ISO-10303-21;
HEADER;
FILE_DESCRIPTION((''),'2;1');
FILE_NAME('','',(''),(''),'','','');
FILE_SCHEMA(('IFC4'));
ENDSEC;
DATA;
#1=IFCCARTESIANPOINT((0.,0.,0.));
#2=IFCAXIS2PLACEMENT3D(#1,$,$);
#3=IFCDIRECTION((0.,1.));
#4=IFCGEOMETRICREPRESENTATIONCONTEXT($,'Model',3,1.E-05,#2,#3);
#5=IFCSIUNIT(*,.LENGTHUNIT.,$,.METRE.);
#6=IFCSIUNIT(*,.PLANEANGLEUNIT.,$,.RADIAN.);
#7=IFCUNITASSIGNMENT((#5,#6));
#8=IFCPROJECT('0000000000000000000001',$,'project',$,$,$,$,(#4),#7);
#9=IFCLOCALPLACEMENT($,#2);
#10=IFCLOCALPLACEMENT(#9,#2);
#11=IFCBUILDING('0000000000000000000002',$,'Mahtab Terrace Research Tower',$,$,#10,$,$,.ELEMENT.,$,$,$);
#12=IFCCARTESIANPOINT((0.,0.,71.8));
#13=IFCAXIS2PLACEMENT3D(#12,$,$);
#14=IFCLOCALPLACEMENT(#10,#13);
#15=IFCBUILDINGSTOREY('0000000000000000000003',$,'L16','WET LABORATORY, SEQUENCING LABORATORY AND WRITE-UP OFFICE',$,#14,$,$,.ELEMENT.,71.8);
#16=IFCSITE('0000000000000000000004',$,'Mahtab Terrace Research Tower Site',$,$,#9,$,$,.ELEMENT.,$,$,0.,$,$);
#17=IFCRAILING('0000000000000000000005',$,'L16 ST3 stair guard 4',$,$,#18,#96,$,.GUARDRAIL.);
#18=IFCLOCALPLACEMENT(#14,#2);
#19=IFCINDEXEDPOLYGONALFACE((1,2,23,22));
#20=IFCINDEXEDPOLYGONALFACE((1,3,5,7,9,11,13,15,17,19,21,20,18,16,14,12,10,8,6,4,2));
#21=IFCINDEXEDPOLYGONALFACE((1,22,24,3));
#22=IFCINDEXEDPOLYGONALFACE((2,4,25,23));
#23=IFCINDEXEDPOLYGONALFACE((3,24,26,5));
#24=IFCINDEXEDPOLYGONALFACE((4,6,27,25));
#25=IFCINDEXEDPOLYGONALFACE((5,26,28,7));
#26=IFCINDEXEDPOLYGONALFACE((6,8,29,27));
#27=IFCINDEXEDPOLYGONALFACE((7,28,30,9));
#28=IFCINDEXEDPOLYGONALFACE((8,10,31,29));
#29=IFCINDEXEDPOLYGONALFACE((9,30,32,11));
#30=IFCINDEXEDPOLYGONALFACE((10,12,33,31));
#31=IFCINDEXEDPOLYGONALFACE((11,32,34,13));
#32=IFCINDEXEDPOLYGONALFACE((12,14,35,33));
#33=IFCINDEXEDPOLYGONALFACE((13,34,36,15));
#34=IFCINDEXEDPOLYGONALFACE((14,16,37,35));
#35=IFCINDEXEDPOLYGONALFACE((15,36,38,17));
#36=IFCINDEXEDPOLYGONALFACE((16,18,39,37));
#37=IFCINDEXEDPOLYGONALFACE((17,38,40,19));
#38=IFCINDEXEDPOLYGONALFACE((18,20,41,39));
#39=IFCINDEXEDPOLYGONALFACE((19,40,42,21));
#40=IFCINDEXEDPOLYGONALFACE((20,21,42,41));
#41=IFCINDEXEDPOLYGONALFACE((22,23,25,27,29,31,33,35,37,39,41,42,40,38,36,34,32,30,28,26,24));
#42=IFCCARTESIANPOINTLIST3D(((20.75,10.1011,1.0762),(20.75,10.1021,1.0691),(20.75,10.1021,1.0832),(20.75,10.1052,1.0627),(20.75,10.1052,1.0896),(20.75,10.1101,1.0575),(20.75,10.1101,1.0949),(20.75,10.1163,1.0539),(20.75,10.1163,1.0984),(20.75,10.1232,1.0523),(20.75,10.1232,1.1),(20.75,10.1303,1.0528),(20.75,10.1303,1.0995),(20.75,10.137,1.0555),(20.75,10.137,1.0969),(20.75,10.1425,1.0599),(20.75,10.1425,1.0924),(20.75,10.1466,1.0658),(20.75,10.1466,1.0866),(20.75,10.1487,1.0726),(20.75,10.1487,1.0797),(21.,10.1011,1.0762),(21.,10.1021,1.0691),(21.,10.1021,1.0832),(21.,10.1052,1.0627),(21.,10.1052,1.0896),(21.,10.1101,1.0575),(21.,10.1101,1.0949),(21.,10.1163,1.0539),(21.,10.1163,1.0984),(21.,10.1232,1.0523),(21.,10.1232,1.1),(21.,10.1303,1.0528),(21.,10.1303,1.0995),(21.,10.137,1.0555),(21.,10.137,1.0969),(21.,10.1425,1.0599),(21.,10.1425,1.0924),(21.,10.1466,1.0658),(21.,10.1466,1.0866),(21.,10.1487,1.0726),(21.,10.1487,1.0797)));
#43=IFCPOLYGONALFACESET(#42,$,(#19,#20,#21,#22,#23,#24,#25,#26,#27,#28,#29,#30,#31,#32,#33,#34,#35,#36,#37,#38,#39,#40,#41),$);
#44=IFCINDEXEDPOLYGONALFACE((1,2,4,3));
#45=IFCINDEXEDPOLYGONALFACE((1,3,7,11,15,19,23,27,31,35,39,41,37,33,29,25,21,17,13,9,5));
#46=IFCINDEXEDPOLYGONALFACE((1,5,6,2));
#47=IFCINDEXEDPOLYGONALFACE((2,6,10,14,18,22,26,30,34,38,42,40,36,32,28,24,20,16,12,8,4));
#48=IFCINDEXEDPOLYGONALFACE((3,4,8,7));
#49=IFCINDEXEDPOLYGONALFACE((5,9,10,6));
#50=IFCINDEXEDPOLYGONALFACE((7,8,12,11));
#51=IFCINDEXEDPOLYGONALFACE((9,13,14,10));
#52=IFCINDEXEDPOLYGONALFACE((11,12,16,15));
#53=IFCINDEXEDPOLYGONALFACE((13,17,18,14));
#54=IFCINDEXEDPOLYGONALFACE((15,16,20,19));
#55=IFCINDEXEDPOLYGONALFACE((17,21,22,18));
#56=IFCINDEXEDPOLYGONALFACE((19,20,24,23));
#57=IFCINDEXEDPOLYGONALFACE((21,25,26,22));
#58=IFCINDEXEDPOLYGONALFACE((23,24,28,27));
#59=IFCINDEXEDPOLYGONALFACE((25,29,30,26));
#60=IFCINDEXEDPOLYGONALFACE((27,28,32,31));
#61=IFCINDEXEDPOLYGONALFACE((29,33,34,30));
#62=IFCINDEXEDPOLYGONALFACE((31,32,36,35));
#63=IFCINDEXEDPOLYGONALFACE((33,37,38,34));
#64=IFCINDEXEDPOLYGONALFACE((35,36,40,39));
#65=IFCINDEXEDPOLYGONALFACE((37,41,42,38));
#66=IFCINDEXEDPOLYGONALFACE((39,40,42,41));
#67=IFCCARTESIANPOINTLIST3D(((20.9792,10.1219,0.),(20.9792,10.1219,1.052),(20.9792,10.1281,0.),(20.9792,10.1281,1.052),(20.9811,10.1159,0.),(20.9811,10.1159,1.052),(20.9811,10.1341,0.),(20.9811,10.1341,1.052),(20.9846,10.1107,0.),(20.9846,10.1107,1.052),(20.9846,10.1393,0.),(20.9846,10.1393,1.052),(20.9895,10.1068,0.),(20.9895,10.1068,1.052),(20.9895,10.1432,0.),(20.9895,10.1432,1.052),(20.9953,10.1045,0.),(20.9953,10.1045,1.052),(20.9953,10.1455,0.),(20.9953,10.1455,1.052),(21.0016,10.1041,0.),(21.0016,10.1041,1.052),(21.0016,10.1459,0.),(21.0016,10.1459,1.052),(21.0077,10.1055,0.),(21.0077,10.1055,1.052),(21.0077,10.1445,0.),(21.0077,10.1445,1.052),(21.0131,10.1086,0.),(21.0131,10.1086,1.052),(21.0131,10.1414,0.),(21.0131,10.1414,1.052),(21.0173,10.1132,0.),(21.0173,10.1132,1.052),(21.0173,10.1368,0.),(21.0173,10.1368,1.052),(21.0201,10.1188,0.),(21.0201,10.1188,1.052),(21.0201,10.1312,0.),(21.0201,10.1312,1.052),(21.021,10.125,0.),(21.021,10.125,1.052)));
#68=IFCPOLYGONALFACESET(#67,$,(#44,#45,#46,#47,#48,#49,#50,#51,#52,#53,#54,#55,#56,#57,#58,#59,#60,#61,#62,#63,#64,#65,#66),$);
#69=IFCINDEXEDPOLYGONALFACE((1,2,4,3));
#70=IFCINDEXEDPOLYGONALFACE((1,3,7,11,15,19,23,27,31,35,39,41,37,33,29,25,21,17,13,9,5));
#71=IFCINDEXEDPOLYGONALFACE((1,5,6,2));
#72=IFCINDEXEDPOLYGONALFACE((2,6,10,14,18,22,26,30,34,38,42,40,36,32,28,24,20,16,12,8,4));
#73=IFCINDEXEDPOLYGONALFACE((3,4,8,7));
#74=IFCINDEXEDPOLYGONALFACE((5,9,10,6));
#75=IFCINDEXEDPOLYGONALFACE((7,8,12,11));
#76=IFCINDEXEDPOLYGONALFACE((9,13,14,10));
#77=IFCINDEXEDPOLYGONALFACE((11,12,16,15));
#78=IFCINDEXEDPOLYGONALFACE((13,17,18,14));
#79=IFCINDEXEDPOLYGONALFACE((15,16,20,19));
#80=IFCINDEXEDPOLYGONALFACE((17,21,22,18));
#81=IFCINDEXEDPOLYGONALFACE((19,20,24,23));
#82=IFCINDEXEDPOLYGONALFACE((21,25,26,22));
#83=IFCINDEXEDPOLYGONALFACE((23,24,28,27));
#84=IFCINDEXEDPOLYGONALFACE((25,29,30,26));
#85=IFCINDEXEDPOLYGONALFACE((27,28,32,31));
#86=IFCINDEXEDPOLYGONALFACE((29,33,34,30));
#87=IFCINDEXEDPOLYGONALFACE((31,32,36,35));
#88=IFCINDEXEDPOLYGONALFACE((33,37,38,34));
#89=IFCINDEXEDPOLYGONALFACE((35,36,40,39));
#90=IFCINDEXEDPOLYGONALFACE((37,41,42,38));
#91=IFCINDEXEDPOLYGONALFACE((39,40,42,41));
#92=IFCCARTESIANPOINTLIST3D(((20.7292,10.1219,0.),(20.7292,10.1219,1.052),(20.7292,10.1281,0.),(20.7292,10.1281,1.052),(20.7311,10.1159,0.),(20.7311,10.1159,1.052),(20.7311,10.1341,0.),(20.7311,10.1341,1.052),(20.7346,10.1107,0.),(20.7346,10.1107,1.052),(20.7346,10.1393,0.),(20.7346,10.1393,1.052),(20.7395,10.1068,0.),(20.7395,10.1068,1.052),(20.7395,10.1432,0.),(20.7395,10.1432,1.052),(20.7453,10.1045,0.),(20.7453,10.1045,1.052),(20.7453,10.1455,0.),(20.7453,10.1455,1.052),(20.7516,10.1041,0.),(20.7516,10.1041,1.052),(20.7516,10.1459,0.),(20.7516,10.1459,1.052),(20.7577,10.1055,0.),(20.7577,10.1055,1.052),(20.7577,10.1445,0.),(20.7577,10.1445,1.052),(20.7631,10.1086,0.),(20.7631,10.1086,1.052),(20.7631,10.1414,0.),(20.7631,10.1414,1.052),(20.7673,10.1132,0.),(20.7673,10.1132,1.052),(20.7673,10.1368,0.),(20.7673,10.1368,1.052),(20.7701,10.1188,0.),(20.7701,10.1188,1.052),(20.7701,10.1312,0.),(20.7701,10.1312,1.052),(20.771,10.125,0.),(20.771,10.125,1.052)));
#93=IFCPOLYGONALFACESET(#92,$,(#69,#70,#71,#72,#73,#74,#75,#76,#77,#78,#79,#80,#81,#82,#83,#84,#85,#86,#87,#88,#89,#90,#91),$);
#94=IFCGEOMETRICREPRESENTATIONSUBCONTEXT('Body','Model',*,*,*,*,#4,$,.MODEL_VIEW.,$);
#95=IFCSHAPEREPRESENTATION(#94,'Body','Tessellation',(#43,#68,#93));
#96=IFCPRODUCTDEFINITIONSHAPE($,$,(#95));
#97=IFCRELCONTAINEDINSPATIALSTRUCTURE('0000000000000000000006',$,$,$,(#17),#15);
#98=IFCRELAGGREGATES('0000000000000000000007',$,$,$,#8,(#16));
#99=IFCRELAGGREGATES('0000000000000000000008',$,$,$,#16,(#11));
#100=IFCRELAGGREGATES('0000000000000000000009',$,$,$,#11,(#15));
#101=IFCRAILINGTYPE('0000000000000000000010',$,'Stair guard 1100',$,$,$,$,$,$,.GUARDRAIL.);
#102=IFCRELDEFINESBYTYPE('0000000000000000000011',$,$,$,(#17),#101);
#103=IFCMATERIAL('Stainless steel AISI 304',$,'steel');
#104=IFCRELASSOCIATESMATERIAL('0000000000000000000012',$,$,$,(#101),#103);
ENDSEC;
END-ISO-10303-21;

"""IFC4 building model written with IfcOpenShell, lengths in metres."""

from ifc_helpers import new_model, si_unit, direction, frame, origin, origin_2d, place, context, subcontext, project, spatial, circle, extrude, material, type_object, element, save


model = new_model("IFC4")

# Units and contexts
model_context = context("Model", 3, precision=1e-05, world=origin(), true_north=direction((0.0, 1.0)))
body_context = subcontext(model_context, "Body", "Model", "MODEL_VIEW")
ifc_project = project(units=[si_unit("LENGTHUNIT", "METRE"), si_unit("PLANEANGLEUNIT", "RADIAN")], contexts=[model_context])

# Site, building, storey
site_placement = place(None, origin())
site = spatial("IfcSite", under=ifc_project, at=site_placement, Name="Mahtab Terrace Research Tower Site", CompositionType="ELEMENT", RefElevation=0.0)
building_placement = place(site_placement, origin())
building = spatial("IfcBuilding", under=site, at=building_placement, Name="Mahtab Terrace Research Tower", CompositionType="ELEMENT")
storey_placement = place(building_placement, frame((0.0, 0.0, 71.8)))
storey = spatial("IfcBuildingStorey", under=building, at=storey_placement, Name="L16", Description="WET LABORATORY, SEQUENCING LABORATORY AND WRITE-UP OFFICE", CompositionType="ELEMENT", Elevation=71.8)

# Railing
ifc_material_1 = material(Name="Stainless steel AISI 304", Category="steel")
railing_type_1 = type_object("IfcRailingType", Name="Stair guard 1100", PredefinedType="GUARDRAIL", material=ifc_material_1)
railing_1_placement = place(storey_placement, frame((21.0, 10.125, 0.0)))
element("IfcRailing", 1, at=railing_1_placement, inside=storey, type_object=railing_type_1, Name="L16 ST3 stair guard 4", PredefinedType="GUARDRAIL", context=body_context, shape_type="SweptSolid", body=[
    extrude(circle(Radius=0.0239, at=origin_2d()), frame((0.0, 0.0, 1.0762), z_axis=(-1.0, 0.0, 0.0), x_axis=(0.0, -1.0, 0.0)), (0.0, 0.0, 1.0), 0.25),
    extrude(circle(Radius=0.021, at=origin_2d()), origin(), (0.0, 0.0, 1.0), 1.052),
    extrude(circle(Radius=0.021, at=origin_2d()), frame((-0.25, 0.0, 0.0)), (0.0, 0.0, 1.0), 1.052),
])

save(model, "model.ifc")
